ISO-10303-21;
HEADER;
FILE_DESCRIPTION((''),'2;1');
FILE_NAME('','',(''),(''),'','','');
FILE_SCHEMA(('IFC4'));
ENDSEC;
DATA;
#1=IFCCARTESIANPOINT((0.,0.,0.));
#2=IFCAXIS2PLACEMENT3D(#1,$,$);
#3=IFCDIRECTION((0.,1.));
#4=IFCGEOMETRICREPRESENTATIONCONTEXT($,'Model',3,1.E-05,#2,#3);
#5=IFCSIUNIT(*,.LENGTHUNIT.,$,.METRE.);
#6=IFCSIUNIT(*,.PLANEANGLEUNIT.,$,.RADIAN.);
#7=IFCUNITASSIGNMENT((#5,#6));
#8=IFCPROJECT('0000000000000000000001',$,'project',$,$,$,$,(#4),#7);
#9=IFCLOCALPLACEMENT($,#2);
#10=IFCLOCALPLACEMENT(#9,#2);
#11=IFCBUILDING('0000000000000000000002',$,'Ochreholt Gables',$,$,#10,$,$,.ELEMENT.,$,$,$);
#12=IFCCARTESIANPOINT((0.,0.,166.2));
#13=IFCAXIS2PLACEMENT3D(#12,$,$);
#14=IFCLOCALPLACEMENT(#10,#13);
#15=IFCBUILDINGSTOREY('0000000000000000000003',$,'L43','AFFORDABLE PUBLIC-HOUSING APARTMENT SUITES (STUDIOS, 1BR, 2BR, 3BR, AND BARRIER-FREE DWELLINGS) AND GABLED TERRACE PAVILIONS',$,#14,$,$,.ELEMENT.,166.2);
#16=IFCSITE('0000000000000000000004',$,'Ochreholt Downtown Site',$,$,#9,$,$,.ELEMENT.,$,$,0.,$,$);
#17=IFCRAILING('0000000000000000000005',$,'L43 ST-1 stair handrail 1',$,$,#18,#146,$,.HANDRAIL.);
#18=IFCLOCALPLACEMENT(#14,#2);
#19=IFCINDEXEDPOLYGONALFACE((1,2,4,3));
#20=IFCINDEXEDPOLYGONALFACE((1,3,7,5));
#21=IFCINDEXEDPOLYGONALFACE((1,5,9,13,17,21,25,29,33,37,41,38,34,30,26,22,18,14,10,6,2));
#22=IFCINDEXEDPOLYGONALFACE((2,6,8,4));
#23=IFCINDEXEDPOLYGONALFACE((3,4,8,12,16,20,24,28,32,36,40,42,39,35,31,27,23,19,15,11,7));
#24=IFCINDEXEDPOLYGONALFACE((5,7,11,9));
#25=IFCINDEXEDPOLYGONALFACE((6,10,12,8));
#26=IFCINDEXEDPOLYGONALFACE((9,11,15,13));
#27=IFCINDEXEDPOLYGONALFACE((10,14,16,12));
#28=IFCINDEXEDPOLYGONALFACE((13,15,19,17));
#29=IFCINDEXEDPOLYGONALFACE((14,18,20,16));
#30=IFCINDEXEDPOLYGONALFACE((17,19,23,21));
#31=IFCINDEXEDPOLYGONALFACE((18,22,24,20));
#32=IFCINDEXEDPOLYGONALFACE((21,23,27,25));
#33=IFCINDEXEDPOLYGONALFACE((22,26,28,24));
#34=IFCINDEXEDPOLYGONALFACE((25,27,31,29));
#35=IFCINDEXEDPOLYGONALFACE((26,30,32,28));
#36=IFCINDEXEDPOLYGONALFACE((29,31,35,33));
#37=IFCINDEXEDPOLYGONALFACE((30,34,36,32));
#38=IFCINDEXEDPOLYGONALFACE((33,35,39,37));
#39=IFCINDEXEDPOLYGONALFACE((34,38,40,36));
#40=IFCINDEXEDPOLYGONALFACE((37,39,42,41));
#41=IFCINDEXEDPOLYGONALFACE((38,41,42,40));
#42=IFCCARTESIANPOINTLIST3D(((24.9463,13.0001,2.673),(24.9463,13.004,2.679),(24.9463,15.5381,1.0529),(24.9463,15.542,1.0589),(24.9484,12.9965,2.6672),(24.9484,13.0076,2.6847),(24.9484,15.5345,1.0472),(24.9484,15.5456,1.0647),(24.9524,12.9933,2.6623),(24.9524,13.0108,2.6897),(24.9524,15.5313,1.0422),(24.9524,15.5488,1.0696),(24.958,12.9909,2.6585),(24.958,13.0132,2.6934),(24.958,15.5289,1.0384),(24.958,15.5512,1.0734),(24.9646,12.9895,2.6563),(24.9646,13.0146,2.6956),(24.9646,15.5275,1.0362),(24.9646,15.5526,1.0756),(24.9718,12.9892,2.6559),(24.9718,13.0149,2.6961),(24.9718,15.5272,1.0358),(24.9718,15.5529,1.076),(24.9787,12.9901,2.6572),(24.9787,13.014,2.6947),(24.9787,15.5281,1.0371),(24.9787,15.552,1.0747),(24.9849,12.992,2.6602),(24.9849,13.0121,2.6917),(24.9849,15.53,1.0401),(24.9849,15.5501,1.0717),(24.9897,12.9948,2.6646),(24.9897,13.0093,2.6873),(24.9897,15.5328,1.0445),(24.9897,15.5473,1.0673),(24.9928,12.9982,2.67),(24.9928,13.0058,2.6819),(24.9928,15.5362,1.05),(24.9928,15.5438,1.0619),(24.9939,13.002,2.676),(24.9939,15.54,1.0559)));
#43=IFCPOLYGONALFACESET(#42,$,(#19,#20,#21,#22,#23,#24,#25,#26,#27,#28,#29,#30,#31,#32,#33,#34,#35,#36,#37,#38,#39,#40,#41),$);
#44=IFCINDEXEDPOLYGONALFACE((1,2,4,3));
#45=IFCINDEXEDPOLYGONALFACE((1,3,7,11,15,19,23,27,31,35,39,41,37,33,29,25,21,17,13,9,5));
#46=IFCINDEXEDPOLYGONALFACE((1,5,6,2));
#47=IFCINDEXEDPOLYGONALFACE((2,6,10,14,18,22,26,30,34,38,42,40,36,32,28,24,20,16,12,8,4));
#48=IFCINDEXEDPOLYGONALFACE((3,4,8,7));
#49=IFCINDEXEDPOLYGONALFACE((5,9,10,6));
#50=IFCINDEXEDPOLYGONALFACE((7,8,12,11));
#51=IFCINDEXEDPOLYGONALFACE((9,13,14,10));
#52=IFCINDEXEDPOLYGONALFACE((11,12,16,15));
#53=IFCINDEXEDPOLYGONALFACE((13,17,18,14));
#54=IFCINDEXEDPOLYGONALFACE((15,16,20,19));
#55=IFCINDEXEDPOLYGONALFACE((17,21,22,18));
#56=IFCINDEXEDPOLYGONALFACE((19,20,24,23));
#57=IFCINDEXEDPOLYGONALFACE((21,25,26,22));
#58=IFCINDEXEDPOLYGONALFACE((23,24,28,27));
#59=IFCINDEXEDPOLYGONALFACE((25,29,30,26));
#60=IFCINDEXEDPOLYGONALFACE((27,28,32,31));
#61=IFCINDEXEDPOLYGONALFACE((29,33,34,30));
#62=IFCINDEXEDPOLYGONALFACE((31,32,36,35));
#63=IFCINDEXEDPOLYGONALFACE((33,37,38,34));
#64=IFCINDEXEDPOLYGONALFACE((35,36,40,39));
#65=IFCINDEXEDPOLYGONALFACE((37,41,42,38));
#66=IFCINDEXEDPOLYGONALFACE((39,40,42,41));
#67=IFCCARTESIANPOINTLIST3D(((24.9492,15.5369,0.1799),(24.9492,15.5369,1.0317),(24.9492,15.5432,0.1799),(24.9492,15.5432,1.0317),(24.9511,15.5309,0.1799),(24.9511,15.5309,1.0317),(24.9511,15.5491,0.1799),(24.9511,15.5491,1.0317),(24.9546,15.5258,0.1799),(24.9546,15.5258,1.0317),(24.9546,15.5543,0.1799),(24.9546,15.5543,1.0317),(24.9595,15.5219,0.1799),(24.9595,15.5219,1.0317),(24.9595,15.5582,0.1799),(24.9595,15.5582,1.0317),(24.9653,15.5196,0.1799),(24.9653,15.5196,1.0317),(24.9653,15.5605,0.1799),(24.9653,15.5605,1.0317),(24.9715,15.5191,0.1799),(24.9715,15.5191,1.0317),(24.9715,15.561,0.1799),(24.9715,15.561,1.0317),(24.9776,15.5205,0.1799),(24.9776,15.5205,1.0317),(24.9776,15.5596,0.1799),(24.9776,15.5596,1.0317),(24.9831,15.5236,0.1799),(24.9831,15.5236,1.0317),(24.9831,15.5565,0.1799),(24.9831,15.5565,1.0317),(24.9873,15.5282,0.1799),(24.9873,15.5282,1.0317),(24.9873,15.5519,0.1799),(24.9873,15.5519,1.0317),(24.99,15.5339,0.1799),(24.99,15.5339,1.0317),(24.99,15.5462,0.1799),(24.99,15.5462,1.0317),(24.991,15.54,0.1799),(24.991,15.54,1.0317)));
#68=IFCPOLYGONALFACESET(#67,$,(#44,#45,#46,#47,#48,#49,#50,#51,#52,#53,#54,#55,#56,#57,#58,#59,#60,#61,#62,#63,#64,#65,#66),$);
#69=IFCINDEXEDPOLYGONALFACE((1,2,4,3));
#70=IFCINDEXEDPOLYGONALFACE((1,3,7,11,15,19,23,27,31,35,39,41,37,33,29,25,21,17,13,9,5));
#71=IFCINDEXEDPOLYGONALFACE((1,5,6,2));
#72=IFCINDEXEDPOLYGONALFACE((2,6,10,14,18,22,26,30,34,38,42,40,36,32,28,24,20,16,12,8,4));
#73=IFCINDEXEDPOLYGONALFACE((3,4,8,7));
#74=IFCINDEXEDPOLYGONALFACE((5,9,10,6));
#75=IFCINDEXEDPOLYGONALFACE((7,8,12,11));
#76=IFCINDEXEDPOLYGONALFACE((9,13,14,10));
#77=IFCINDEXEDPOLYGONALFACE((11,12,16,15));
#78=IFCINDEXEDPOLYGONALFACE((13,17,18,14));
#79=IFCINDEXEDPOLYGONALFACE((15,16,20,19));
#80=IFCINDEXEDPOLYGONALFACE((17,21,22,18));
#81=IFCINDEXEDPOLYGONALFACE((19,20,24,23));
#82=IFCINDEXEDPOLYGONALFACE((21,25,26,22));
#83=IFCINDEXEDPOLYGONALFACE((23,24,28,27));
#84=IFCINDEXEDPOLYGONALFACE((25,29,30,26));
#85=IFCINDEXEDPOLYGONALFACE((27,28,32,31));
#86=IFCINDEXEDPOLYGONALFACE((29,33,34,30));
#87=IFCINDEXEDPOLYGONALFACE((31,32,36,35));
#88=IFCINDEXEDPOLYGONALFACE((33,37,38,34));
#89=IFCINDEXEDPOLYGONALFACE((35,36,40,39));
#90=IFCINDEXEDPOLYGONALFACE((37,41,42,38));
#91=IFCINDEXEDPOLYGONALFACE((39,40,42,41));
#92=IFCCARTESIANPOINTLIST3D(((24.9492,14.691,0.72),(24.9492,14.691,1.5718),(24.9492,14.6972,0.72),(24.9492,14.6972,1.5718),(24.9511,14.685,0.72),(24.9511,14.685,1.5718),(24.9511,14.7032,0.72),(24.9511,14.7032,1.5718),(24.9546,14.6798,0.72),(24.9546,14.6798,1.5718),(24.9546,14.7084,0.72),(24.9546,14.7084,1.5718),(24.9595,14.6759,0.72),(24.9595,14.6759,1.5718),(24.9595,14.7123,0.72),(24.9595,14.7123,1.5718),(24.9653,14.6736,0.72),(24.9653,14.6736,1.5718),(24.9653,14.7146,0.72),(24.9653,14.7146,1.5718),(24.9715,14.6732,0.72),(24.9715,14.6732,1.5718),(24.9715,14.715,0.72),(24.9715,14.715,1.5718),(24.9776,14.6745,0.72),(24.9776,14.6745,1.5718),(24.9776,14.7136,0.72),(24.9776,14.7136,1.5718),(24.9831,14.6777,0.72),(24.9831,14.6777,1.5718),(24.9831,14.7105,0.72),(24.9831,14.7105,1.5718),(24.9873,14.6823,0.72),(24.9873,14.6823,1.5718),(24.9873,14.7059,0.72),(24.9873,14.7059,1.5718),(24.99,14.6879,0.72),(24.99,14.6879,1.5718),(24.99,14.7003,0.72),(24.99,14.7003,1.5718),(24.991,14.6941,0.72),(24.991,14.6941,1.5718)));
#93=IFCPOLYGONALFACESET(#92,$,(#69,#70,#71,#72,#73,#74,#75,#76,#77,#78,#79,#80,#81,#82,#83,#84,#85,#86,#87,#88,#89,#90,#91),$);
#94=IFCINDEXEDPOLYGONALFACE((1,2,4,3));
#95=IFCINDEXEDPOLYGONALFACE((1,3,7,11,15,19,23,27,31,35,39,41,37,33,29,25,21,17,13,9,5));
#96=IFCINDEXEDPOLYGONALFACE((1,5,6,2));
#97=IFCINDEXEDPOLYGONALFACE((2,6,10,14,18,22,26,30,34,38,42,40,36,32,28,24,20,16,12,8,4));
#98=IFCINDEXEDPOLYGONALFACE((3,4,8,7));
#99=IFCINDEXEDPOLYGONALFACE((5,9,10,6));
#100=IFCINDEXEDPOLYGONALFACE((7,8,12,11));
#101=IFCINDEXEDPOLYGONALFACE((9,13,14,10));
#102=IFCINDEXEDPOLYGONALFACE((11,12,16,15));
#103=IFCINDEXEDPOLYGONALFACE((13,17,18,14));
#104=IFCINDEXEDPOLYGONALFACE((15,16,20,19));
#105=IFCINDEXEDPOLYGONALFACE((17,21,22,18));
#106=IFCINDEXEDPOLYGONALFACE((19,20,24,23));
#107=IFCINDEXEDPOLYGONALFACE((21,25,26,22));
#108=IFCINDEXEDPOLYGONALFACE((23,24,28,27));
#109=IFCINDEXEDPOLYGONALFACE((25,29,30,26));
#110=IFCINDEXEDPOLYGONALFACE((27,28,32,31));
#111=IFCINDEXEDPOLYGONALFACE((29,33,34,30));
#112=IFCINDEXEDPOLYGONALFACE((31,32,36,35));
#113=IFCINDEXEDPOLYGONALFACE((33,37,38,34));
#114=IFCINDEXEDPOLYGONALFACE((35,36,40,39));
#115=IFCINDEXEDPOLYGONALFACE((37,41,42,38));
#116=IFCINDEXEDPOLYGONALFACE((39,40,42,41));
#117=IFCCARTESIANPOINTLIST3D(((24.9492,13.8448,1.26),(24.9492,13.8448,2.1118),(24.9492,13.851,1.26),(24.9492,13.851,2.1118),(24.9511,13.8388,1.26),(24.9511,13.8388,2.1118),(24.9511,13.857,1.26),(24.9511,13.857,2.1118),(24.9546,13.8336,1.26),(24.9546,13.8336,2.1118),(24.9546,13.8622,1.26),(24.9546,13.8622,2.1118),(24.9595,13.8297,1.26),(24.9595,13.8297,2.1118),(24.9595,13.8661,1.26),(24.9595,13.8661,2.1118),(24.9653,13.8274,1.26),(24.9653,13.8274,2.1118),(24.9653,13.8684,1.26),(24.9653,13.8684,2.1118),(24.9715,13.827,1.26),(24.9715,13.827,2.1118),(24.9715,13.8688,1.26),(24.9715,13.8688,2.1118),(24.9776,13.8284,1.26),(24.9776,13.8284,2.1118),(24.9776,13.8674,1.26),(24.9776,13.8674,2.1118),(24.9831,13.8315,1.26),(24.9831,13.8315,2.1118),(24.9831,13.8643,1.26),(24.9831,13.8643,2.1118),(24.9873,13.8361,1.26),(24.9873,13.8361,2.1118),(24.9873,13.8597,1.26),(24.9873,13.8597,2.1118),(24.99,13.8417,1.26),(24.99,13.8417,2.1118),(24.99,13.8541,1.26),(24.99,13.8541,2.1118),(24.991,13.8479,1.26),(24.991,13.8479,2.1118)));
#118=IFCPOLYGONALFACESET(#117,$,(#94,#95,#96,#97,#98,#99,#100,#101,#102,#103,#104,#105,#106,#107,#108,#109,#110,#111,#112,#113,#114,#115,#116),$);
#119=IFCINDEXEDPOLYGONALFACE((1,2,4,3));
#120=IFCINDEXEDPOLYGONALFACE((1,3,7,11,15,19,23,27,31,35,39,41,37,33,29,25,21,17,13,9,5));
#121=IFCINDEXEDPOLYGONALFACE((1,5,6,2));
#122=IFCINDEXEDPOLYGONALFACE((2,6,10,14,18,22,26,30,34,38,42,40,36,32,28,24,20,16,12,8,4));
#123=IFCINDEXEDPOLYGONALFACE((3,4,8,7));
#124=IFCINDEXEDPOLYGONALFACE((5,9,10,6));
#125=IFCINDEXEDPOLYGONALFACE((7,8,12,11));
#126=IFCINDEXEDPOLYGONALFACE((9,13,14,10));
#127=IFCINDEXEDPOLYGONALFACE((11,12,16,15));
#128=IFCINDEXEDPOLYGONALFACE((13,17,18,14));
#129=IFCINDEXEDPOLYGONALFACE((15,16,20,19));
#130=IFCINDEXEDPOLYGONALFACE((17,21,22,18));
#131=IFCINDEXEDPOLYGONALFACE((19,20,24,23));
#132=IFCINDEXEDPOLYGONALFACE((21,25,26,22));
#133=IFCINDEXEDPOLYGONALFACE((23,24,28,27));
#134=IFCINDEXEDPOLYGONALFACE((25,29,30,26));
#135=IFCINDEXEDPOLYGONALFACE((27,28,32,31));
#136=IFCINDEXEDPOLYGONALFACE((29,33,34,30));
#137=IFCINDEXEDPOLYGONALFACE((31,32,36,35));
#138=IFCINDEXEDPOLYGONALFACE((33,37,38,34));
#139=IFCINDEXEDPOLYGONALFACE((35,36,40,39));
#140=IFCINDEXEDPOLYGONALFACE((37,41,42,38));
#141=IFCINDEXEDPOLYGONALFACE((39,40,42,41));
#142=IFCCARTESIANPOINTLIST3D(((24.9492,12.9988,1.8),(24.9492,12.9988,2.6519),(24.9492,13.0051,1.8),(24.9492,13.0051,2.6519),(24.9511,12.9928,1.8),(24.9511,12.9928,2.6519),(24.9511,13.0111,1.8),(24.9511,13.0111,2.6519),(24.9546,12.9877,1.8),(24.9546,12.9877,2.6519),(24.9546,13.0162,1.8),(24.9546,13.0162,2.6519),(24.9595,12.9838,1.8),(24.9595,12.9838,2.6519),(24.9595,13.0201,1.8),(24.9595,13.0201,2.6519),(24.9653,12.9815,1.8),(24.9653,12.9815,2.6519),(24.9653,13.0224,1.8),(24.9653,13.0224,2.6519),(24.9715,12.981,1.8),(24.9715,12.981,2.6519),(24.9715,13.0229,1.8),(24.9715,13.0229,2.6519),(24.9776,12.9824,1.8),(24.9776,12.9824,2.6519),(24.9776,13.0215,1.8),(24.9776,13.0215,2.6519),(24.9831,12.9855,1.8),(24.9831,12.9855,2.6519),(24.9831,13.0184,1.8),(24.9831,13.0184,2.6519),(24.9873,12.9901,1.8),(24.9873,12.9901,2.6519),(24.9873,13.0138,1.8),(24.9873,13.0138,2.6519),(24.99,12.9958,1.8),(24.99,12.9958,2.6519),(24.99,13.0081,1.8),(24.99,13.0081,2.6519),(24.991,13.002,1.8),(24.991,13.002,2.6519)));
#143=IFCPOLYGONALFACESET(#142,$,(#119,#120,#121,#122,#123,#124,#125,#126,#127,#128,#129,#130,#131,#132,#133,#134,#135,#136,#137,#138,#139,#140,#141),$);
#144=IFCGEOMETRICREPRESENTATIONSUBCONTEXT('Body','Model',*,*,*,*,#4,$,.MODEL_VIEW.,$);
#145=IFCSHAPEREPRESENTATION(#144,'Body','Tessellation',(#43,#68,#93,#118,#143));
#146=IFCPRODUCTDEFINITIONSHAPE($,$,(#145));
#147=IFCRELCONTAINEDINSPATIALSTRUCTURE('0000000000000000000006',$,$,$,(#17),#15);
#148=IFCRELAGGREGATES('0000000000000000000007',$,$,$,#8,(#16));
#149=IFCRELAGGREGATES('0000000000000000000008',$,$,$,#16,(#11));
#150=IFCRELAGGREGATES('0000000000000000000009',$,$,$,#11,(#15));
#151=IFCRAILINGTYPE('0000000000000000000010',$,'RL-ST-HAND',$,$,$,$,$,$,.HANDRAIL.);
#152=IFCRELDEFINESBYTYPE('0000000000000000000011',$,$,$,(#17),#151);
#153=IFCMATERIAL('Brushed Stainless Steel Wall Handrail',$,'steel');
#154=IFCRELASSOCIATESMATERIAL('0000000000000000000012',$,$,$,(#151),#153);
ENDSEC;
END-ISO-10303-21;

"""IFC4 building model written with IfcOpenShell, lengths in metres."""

from ifc_helpers import new_model, si_unit, direction, frame, origin, origin_2d, place, context, subcontext, project, spatial, circle, extrude, material, type_object, element, save


model = new_model("IFC4")

# Units and contexts
model_context = context("Model", 3, precision=1e-05, world=origin(), true_north=direction((0.0, 1.0)))
body_context = subcontext(model_context, "Body", "Model", "MODEL_VIEW")
ifc_project = project(units=[si_unit("LENGTHUNIT", "METRE"), si_unit("PLANEANGLEUNIT", "RADIAN")], contexts=[model_context])

# Site, building, storey
site_placement = place(None, origin())
site = spatial("IfcSite", under=ifc_project, at=site_placement, Name="Ochreholt Downtown Site", CompositionType="ELEMENT", RefElevation=0.0)
building_placement = place(site_placement, origin())
building = spatial("IfcBuilding", under=site, at=building_placement, Name="Ochreholt Gables", CompositionType="ELEMENT")
storey_placement = place(building_placement, frame((0.0, 0.0, 166.2)))
storey = spatial("IfcBuildingStorey", under=building, at=storey_placement, Name="L43", Description="AFFORDABLE PUBLIC-HOUSING APARTMENT SUITES (STUDIOS, 1BR, 2BR, 3BR, AND BARRIER-FREE DWELLINGS) AND GABLED TERRACE PAVILIONS", CompositionType="ELEMENT", Elevation=166.2)

# Railing
ifc_material_1 = material(Name="Brushed Stainless Steel Wall Handrail", Category="steel")
railing_type_1 = type_object("IfcRailingType", Name="RL-ST-HAND", PredefinedType="HANDRAIL", material=ifc_material_1)
railing_1_placement = place(storey_placement, frame((24.97, 15.54, 0.1799)))
element("IfcRailing", 1, at=railing_1_placement, inside=storey, type_object=railing_type_1, Name="L43 ST-1 stair handrail 1", PredefinedType="HANDRAIL", context=body_context, shape_type="SweptSolid", body=[
    extrude(circle(Radius=0.0239, at=origin_2d()), frame((0.0, 0.0, 0.876), z_axis=(0.0, -0.842913, 0.53805), x_axis=(1.0, 0.0, 0.0)), (0.0, 0.0, 1.0), 3.011),
    extrude(circle(Radius=0.021, at=origin_2d()), origin(), (0.0, 0.0, 1.0), 0.8518),
    extrude(circle(Radius=0.021, at=origin_2d()), frame((0.0, -0.8459, 0.54)), (0.0, 0.0, 1.0), 0.8518),
    extrude(circle(Radius=0.021, at=origin_2d()), frame((0.0, -1.6921, 1.0801)), (0.0, 0.0, 1.0), 0.8518),
    extrude(circle(Radius=0.021, at=origin_2d()), frame((0.0, -2.5381, 1.6201)), (0.0, 0.0, 1.0), 0.8518),
])

save(model, "model.ifc")
